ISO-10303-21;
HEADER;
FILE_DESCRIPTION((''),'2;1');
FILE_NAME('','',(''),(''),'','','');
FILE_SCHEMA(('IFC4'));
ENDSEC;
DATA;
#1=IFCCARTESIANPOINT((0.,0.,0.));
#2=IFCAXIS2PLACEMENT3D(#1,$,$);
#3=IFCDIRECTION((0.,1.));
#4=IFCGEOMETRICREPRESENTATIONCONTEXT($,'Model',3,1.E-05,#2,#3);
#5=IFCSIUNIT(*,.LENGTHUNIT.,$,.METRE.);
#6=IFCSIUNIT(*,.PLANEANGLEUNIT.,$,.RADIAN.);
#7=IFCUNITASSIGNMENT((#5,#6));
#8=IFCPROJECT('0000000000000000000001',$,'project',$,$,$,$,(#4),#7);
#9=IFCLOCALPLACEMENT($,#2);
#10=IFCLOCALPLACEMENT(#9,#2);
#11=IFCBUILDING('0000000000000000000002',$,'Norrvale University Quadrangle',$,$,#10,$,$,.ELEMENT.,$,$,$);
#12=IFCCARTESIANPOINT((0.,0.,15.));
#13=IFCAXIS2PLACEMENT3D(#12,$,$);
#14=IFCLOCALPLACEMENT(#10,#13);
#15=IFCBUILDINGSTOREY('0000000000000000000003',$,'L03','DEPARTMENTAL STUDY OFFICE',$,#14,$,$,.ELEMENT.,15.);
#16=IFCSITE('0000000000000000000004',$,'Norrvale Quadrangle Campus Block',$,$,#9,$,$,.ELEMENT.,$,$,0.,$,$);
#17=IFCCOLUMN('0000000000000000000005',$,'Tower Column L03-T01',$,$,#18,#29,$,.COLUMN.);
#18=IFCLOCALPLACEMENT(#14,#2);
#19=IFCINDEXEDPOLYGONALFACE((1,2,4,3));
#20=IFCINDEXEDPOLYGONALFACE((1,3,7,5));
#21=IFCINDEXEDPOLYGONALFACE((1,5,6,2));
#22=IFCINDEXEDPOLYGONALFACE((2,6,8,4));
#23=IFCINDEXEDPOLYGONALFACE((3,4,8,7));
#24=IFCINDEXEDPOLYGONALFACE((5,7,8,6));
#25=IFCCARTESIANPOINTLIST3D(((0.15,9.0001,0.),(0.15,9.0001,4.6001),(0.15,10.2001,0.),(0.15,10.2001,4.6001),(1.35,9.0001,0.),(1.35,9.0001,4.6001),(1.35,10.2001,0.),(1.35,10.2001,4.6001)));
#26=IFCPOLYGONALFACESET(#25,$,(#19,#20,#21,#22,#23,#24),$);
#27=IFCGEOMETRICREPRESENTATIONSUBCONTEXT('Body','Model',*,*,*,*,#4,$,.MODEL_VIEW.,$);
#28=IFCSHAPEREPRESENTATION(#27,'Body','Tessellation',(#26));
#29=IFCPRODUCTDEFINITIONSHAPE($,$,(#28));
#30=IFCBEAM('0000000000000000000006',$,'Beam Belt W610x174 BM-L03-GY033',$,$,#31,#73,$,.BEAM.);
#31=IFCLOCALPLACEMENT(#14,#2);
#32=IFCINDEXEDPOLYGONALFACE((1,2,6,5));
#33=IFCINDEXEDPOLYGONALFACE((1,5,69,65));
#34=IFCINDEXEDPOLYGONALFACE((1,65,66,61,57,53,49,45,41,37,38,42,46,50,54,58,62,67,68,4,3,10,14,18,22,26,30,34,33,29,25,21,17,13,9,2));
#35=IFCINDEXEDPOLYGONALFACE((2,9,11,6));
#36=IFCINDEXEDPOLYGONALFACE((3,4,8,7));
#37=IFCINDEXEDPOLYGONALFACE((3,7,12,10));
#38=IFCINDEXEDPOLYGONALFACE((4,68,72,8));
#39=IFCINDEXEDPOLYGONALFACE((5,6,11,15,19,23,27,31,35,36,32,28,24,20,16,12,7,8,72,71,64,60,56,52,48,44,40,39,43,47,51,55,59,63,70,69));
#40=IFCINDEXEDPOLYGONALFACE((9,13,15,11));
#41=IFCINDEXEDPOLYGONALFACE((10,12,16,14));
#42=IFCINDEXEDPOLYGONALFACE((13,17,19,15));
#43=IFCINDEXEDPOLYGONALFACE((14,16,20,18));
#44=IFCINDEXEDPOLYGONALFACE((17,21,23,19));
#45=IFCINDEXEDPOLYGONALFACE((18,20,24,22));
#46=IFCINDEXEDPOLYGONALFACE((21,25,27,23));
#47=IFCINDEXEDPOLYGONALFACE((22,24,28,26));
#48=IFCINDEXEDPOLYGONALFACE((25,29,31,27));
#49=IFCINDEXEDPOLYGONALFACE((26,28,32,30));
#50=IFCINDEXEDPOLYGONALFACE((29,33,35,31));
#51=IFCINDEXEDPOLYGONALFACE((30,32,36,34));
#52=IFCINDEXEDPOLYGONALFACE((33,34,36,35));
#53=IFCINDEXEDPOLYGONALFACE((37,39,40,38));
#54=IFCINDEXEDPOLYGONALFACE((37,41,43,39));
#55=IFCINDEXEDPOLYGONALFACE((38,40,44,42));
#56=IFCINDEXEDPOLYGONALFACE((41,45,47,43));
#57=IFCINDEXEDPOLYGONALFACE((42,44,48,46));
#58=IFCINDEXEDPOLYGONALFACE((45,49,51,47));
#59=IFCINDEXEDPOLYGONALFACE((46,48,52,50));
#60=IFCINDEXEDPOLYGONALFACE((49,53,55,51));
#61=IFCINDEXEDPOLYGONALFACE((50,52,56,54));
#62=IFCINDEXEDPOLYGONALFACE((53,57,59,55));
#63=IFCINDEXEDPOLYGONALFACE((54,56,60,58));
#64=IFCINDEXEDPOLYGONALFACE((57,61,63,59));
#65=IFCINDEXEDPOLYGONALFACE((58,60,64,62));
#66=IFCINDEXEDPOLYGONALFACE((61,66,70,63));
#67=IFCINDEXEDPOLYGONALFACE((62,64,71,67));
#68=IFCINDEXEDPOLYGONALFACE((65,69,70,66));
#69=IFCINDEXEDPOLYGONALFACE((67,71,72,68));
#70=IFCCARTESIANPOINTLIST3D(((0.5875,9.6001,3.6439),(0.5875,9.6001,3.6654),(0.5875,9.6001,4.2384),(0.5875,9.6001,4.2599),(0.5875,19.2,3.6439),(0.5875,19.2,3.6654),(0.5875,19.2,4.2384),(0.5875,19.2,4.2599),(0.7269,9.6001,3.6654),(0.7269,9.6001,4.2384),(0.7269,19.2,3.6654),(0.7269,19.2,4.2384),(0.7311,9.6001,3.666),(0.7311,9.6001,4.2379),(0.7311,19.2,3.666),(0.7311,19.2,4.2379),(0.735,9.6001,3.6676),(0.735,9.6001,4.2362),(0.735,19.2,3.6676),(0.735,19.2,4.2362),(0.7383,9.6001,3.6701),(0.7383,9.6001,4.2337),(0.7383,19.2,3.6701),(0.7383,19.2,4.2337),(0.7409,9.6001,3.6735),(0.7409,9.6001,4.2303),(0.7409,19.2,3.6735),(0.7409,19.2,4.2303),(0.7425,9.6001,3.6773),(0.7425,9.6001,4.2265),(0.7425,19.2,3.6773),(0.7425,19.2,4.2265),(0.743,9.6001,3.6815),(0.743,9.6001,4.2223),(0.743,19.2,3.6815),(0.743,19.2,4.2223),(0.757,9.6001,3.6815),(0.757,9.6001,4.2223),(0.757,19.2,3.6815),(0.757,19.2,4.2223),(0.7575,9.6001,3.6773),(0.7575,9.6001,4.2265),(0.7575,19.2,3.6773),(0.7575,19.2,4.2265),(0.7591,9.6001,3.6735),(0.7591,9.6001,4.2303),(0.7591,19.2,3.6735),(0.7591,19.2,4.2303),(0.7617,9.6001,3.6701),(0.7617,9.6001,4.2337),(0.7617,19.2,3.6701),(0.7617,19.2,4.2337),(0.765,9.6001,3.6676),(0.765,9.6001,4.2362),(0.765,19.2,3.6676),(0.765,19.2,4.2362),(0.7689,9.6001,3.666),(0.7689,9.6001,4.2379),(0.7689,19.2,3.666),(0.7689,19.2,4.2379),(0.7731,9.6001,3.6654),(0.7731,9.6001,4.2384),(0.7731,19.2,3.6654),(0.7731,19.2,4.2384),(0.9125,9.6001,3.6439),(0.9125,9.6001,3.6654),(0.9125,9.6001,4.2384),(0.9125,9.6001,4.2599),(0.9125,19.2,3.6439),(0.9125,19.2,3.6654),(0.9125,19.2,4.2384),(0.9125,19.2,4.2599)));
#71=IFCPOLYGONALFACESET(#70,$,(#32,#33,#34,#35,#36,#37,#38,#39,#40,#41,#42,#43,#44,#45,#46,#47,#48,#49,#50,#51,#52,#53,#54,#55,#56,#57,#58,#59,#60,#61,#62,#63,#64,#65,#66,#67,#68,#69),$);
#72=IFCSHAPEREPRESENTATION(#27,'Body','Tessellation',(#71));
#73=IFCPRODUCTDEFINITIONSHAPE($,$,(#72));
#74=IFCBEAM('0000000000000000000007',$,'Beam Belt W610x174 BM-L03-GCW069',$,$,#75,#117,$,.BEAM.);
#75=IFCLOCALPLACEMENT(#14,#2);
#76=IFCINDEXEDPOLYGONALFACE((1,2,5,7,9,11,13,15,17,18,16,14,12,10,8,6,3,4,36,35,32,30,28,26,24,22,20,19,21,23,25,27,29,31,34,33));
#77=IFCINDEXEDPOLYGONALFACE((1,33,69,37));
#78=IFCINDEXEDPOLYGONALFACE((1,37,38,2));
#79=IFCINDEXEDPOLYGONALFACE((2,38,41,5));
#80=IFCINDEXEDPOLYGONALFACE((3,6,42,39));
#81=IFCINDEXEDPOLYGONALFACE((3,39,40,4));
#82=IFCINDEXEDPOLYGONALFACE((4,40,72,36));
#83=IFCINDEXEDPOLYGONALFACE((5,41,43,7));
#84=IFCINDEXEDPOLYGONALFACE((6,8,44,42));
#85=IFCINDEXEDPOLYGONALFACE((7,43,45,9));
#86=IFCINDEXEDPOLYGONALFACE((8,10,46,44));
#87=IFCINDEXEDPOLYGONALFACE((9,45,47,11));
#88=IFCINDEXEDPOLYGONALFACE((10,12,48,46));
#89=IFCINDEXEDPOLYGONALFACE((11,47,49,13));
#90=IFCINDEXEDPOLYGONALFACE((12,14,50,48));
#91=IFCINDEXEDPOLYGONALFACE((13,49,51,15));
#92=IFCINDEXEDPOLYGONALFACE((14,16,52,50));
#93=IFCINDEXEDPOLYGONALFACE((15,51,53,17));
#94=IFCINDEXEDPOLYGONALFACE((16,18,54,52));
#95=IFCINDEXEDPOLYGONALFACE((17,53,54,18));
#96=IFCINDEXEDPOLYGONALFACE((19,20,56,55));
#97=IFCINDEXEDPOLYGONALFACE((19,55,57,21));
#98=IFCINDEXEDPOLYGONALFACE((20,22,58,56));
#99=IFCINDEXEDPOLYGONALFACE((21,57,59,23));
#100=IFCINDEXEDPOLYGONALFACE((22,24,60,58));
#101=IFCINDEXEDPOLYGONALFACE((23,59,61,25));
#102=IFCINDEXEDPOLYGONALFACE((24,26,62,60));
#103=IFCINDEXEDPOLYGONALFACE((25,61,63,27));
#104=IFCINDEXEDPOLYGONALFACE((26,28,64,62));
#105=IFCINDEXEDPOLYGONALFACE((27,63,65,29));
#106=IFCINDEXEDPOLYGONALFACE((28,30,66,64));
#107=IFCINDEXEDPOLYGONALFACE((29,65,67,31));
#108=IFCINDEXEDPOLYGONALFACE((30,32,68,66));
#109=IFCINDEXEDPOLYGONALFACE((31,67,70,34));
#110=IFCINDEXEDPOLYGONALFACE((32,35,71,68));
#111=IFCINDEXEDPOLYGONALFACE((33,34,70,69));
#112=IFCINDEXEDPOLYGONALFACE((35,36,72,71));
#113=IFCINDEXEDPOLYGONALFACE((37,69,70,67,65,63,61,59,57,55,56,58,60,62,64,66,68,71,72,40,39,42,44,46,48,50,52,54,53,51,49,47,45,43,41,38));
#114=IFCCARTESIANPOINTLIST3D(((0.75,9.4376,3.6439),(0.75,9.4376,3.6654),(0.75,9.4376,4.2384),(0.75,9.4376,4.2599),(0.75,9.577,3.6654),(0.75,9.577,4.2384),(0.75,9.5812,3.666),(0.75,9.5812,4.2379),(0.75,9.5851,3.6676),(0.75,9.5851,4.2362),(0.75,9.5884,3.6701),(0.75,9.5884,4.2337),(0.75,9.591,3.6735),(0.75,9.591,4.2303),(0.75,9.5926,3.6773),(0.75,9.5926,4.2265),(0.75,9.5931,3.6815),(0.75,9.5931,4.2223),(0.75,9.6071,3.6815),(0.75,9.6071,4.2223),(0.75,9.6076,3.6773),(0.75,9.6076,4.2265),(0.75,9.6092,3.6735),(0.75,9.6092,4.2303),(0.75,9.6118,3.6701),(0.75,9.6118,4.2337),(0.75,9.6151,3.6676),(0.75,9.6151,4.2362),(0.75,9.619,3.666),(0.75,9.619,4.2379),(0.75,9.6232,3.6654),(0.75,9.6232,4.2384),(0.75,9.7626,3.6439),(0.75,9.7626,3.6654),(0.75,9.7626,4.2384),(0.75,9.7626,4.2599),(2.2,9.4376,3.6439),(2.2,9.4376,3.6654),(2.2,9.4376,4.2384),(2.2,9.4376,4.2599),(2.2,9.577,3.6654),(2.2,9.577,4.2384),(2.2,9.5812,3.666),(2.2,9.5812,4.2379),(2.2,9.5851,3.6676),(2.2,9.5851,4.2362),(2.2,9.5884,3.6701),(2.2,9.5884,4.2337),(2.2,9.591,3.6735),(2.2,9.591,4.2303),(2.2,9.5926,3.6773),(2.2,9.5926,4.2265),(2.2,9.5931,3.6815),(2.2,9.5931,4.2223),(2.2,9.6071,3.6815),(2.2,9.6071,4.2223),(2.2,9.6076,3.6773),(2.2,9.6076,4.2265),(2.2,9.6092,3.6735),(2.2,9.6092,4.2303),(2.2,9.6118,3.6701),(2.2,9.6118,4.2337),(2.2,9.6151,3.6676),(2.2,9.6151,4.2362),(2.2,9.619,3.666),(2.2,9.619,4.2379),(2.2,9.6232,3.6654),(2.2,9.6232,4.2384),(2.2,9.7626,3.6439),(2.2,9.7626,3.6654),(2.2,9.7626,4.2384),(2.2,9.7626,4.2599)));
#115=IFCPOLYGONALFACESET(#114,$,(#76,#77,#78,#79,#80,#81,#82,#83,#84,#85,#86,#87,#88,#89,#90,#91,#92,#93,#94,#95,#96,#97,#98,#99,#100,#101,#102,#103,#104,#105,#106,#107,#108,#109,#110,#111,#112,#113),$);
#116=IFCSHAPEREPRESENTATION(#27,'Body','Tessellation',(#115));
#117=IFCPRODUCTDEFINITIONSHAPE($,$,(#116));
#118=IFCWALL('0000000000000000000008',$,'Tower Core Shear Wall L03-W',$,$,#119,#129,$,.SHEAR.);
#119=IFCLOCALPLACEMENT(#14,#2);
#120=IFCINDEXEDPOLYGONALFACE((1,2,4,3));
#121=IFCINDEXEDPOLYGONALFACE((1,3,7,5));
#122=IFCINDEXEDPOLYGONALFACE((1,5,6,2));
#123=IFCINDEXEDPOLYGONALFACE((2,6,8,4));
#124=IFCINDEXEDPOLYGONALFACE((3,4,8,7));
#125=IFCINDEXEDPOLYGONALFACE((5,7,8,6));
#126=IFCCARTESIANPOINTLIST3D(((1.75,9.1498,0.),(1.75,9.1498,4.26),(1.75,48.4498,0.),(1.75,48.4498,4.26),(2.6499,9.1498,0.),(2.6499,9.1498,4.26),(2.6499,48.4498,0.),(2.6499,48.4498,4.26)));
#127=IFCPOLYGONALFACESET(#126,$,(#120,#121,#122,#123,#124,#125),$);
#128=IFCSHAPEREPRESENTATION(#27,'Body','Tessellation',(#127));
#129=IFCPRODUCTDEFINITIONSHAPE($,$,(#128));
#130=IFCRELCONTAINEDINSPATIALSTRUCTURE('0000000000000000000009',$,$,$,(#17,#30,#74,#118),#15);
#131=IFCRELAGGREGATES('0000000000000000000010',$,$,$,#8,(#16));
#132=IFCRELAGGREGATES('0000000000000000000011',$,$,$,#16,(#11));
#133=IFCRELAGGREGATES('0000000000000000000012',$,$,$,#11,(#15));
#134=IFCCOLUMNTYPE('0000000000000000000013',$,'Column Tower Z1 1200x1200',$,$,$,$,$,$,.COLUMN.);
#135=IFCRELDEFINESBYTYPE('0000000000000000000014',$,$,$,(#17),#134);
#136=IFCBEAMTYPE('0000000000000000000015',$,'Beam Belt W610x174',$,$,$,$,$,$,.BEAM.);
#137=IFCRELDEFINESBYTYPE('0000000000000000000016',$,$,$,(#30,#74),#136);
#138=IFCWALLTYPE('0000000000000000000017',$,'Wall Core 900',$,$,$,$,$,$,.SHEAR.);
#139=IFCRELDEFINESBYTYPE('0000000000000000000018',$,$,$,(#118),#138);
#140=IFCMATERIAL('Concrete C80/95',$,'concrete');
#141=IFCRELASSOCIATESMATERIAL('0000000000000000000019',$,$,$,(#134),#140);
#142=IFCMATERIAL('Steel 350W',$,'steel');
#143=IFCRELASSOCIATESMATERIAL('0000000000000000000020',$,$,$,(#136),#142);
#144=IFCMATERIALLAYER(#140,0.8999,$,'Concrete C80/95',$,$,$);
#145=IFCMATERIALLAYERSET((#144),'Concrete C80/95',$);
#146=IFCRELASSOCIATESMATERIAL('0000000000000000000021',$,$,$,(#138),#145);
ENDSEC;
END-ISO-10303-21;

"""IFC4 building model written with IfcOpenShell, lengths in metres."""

from ifc_helpers import new_model, si_unit, direction, frame, frame_2d, origin, origin_2d, place, context, subcontext, project, spatial, rectangle, i_section, extrude, material, layer, layer_set, material_profile, profile_set, type_object, element, save


model = new_model("IFC4")

# Units and contexts
model_context = context("Model", 3, precision=1e-05, world=origin(), true_north=direction((0.0, 1.0)))
body_context = subcontext(model_context, "Body", "Model", "MODEL_VIEW")
ifc_project = project(units=[si_unit("LENGTHUNIT", "METRE"), si_unit("PLANEANGLEUNIT", "RADIAN")], contexts=[model_context])

# Site, building, storey
site_placement = place(None, origin())
site = spatial("IfcSite", under=ifc_project, at=site_placement, Name="Norrvale Quadrangle Campus Block", CompositionType="ELEMENT", RefElevation=0.0)
building_placement = place(site_placement, origin())
building = spatial("IfcBuilding", under=site, at=building_placement, Name="Norrvale University Quadrangle", CompositionType="ELEMENT")
storey_placement = place(building_placement, frame((0.0, 0.0, 15.0)))
storey = spatial("IfcBuildingStorey", under=building, at=storey_placement, Name="L03", Description="DEPARTMENTAL STUDY OFFICE", CompositionType="ELEMENT", Elevation=15.0)

# Column
ifc_material_1 = material(Name="Concrete C80/95", Category="concrete")
ifc_material_profile_1 = material_profile(ifc_material_1, rectangle(XDim=1.2, YDim=1.2, at=origin_2d()), Name="Concrete C80/95")
ifc_profile_set_1 = profile_set([ifc_material_profile_1], Name="Concrete C80/95")
column_type = type_object("IfcColumnType", Name="Column Tower Z1 1200x1200", PredefinedType="COLUMN", material=ifc_profile_set_1)
column_placement = place(storey_placement, frame((0.75, 9.6001, 0.0), z_axis=(0.0, 0.0, 1.0), x_axis=(1.0, 0.0, 0.0)))
element("IfcColumn", 1, at=column_placement, inside=storey, type_object=column_type, Name="Tower Column L03-T01", PredefinedType="COLUMN", context=body_context, shape_type="SweptSolid", body=[
    extrude(rectangle(XDim=1.2, YDim=1.2, at=origin_2d()), origin(), (0.0, 0.0, 1.0), 4.6001),
])

# Beams
ifc_material_2 = material(Name="Steel 350W", Category="steel")
ifc_material_profile_2 = material_profile(ifc_material_2, i_section(OverallWidth=0.325, OverallDepth=0.616, WebThickness=0.0139, FlangeThickness=0.0215, FilletRadius=0.0161, at=origin_2d()), Name="Steel 350W")
ifc_profile_set_2 = profile_set([ifc_material_profile_2], Name="Steel 350W")
beam_type = type_object("IfcBeamType", Name="Beam Belt W610x174", PredefinedType="BEAM", material=ifc_profile_set_2)
beam_1_placement = place(storey_placement, frame((0.75, 9.6001, 3.9519), z_axis=(0.0, 1.0, 0.0), x_axis=(-1.0, 0.0, 0.0)))
element("IfcBeam", 2, at=beam_1_placement, inside=storey, type_object=beam_type, Name="Beam Belt W610x174 BM-L03-GY033", PredefinedType="BEAM", context=body_context, shape_type="SweptSolid", body=[
    extrude(i_section(OverallWidth=0.325, OverallDepth=0.616, WebThickness=0.0139, FlangeThickness=0.0215, FilletRadius=0.0161, at=origin_2d()), origin(), (0.0, 0.0, 1.0), 9.5999),
])
beam_2_placement = place(storey_placement, frame((0.75, 9.6001, 3.9519), z_axis=(1.0, 0.0, 0.0), x_axis=(0.0, 1.0, 0.0)))
element("IfcBeam", 3, at=beam_2_placement, inside=storey, type_object=beam_type, Name="Beam Belt W610x174 BM-L03-GCW069", PredefinedType="BEAM", context=body_context, shape_type="SweptSolid", body=[
    extrude(i_section(OverallWidth=0.325, OverallDepth=0.616, WebThickness=0.0139, FlangeThickness=0.0215, FilletRadius=0.0161, at=origin_2d()), origin(), (0.0, 0.0, 1.0), 1.45),
])

# Wall
ifc_layer_1 = layer(ifc_material_1, 0.8999, Name="Concrete C80/95")
ifc_layer_set_1 = layer_set([ifc_layer_1], Name="Concrete C80/95")
wall_type_1 = type_object("IfcWallType", Name="Wall Core 900", PredefinedType="SHEAR", material=ifc_layer_set_1)
wall_1_placement = place(storey_placement, frame((2.2, 9.1499, 0.0), z_axis=(0.0, 0.0, 1.0), x_axis=(0.0, 1.0, 0.0)))
element("IfcWall", 4, at=wall_1_placement, inside=storey, type_object=wall_type_1, Name="Tower Core Shear Wall L03-W", PredefinedType="SHEAR", context=body_context, shape_type="SweptSolid", body=[
    extrude(rectangle(XDim=39.3, YDim=0.8999, at=frame_2d((19.6499, 0.0))), origin(), (0.0, 0.0, 1.0), 4.26),
])

save(model, "model.ifc")
